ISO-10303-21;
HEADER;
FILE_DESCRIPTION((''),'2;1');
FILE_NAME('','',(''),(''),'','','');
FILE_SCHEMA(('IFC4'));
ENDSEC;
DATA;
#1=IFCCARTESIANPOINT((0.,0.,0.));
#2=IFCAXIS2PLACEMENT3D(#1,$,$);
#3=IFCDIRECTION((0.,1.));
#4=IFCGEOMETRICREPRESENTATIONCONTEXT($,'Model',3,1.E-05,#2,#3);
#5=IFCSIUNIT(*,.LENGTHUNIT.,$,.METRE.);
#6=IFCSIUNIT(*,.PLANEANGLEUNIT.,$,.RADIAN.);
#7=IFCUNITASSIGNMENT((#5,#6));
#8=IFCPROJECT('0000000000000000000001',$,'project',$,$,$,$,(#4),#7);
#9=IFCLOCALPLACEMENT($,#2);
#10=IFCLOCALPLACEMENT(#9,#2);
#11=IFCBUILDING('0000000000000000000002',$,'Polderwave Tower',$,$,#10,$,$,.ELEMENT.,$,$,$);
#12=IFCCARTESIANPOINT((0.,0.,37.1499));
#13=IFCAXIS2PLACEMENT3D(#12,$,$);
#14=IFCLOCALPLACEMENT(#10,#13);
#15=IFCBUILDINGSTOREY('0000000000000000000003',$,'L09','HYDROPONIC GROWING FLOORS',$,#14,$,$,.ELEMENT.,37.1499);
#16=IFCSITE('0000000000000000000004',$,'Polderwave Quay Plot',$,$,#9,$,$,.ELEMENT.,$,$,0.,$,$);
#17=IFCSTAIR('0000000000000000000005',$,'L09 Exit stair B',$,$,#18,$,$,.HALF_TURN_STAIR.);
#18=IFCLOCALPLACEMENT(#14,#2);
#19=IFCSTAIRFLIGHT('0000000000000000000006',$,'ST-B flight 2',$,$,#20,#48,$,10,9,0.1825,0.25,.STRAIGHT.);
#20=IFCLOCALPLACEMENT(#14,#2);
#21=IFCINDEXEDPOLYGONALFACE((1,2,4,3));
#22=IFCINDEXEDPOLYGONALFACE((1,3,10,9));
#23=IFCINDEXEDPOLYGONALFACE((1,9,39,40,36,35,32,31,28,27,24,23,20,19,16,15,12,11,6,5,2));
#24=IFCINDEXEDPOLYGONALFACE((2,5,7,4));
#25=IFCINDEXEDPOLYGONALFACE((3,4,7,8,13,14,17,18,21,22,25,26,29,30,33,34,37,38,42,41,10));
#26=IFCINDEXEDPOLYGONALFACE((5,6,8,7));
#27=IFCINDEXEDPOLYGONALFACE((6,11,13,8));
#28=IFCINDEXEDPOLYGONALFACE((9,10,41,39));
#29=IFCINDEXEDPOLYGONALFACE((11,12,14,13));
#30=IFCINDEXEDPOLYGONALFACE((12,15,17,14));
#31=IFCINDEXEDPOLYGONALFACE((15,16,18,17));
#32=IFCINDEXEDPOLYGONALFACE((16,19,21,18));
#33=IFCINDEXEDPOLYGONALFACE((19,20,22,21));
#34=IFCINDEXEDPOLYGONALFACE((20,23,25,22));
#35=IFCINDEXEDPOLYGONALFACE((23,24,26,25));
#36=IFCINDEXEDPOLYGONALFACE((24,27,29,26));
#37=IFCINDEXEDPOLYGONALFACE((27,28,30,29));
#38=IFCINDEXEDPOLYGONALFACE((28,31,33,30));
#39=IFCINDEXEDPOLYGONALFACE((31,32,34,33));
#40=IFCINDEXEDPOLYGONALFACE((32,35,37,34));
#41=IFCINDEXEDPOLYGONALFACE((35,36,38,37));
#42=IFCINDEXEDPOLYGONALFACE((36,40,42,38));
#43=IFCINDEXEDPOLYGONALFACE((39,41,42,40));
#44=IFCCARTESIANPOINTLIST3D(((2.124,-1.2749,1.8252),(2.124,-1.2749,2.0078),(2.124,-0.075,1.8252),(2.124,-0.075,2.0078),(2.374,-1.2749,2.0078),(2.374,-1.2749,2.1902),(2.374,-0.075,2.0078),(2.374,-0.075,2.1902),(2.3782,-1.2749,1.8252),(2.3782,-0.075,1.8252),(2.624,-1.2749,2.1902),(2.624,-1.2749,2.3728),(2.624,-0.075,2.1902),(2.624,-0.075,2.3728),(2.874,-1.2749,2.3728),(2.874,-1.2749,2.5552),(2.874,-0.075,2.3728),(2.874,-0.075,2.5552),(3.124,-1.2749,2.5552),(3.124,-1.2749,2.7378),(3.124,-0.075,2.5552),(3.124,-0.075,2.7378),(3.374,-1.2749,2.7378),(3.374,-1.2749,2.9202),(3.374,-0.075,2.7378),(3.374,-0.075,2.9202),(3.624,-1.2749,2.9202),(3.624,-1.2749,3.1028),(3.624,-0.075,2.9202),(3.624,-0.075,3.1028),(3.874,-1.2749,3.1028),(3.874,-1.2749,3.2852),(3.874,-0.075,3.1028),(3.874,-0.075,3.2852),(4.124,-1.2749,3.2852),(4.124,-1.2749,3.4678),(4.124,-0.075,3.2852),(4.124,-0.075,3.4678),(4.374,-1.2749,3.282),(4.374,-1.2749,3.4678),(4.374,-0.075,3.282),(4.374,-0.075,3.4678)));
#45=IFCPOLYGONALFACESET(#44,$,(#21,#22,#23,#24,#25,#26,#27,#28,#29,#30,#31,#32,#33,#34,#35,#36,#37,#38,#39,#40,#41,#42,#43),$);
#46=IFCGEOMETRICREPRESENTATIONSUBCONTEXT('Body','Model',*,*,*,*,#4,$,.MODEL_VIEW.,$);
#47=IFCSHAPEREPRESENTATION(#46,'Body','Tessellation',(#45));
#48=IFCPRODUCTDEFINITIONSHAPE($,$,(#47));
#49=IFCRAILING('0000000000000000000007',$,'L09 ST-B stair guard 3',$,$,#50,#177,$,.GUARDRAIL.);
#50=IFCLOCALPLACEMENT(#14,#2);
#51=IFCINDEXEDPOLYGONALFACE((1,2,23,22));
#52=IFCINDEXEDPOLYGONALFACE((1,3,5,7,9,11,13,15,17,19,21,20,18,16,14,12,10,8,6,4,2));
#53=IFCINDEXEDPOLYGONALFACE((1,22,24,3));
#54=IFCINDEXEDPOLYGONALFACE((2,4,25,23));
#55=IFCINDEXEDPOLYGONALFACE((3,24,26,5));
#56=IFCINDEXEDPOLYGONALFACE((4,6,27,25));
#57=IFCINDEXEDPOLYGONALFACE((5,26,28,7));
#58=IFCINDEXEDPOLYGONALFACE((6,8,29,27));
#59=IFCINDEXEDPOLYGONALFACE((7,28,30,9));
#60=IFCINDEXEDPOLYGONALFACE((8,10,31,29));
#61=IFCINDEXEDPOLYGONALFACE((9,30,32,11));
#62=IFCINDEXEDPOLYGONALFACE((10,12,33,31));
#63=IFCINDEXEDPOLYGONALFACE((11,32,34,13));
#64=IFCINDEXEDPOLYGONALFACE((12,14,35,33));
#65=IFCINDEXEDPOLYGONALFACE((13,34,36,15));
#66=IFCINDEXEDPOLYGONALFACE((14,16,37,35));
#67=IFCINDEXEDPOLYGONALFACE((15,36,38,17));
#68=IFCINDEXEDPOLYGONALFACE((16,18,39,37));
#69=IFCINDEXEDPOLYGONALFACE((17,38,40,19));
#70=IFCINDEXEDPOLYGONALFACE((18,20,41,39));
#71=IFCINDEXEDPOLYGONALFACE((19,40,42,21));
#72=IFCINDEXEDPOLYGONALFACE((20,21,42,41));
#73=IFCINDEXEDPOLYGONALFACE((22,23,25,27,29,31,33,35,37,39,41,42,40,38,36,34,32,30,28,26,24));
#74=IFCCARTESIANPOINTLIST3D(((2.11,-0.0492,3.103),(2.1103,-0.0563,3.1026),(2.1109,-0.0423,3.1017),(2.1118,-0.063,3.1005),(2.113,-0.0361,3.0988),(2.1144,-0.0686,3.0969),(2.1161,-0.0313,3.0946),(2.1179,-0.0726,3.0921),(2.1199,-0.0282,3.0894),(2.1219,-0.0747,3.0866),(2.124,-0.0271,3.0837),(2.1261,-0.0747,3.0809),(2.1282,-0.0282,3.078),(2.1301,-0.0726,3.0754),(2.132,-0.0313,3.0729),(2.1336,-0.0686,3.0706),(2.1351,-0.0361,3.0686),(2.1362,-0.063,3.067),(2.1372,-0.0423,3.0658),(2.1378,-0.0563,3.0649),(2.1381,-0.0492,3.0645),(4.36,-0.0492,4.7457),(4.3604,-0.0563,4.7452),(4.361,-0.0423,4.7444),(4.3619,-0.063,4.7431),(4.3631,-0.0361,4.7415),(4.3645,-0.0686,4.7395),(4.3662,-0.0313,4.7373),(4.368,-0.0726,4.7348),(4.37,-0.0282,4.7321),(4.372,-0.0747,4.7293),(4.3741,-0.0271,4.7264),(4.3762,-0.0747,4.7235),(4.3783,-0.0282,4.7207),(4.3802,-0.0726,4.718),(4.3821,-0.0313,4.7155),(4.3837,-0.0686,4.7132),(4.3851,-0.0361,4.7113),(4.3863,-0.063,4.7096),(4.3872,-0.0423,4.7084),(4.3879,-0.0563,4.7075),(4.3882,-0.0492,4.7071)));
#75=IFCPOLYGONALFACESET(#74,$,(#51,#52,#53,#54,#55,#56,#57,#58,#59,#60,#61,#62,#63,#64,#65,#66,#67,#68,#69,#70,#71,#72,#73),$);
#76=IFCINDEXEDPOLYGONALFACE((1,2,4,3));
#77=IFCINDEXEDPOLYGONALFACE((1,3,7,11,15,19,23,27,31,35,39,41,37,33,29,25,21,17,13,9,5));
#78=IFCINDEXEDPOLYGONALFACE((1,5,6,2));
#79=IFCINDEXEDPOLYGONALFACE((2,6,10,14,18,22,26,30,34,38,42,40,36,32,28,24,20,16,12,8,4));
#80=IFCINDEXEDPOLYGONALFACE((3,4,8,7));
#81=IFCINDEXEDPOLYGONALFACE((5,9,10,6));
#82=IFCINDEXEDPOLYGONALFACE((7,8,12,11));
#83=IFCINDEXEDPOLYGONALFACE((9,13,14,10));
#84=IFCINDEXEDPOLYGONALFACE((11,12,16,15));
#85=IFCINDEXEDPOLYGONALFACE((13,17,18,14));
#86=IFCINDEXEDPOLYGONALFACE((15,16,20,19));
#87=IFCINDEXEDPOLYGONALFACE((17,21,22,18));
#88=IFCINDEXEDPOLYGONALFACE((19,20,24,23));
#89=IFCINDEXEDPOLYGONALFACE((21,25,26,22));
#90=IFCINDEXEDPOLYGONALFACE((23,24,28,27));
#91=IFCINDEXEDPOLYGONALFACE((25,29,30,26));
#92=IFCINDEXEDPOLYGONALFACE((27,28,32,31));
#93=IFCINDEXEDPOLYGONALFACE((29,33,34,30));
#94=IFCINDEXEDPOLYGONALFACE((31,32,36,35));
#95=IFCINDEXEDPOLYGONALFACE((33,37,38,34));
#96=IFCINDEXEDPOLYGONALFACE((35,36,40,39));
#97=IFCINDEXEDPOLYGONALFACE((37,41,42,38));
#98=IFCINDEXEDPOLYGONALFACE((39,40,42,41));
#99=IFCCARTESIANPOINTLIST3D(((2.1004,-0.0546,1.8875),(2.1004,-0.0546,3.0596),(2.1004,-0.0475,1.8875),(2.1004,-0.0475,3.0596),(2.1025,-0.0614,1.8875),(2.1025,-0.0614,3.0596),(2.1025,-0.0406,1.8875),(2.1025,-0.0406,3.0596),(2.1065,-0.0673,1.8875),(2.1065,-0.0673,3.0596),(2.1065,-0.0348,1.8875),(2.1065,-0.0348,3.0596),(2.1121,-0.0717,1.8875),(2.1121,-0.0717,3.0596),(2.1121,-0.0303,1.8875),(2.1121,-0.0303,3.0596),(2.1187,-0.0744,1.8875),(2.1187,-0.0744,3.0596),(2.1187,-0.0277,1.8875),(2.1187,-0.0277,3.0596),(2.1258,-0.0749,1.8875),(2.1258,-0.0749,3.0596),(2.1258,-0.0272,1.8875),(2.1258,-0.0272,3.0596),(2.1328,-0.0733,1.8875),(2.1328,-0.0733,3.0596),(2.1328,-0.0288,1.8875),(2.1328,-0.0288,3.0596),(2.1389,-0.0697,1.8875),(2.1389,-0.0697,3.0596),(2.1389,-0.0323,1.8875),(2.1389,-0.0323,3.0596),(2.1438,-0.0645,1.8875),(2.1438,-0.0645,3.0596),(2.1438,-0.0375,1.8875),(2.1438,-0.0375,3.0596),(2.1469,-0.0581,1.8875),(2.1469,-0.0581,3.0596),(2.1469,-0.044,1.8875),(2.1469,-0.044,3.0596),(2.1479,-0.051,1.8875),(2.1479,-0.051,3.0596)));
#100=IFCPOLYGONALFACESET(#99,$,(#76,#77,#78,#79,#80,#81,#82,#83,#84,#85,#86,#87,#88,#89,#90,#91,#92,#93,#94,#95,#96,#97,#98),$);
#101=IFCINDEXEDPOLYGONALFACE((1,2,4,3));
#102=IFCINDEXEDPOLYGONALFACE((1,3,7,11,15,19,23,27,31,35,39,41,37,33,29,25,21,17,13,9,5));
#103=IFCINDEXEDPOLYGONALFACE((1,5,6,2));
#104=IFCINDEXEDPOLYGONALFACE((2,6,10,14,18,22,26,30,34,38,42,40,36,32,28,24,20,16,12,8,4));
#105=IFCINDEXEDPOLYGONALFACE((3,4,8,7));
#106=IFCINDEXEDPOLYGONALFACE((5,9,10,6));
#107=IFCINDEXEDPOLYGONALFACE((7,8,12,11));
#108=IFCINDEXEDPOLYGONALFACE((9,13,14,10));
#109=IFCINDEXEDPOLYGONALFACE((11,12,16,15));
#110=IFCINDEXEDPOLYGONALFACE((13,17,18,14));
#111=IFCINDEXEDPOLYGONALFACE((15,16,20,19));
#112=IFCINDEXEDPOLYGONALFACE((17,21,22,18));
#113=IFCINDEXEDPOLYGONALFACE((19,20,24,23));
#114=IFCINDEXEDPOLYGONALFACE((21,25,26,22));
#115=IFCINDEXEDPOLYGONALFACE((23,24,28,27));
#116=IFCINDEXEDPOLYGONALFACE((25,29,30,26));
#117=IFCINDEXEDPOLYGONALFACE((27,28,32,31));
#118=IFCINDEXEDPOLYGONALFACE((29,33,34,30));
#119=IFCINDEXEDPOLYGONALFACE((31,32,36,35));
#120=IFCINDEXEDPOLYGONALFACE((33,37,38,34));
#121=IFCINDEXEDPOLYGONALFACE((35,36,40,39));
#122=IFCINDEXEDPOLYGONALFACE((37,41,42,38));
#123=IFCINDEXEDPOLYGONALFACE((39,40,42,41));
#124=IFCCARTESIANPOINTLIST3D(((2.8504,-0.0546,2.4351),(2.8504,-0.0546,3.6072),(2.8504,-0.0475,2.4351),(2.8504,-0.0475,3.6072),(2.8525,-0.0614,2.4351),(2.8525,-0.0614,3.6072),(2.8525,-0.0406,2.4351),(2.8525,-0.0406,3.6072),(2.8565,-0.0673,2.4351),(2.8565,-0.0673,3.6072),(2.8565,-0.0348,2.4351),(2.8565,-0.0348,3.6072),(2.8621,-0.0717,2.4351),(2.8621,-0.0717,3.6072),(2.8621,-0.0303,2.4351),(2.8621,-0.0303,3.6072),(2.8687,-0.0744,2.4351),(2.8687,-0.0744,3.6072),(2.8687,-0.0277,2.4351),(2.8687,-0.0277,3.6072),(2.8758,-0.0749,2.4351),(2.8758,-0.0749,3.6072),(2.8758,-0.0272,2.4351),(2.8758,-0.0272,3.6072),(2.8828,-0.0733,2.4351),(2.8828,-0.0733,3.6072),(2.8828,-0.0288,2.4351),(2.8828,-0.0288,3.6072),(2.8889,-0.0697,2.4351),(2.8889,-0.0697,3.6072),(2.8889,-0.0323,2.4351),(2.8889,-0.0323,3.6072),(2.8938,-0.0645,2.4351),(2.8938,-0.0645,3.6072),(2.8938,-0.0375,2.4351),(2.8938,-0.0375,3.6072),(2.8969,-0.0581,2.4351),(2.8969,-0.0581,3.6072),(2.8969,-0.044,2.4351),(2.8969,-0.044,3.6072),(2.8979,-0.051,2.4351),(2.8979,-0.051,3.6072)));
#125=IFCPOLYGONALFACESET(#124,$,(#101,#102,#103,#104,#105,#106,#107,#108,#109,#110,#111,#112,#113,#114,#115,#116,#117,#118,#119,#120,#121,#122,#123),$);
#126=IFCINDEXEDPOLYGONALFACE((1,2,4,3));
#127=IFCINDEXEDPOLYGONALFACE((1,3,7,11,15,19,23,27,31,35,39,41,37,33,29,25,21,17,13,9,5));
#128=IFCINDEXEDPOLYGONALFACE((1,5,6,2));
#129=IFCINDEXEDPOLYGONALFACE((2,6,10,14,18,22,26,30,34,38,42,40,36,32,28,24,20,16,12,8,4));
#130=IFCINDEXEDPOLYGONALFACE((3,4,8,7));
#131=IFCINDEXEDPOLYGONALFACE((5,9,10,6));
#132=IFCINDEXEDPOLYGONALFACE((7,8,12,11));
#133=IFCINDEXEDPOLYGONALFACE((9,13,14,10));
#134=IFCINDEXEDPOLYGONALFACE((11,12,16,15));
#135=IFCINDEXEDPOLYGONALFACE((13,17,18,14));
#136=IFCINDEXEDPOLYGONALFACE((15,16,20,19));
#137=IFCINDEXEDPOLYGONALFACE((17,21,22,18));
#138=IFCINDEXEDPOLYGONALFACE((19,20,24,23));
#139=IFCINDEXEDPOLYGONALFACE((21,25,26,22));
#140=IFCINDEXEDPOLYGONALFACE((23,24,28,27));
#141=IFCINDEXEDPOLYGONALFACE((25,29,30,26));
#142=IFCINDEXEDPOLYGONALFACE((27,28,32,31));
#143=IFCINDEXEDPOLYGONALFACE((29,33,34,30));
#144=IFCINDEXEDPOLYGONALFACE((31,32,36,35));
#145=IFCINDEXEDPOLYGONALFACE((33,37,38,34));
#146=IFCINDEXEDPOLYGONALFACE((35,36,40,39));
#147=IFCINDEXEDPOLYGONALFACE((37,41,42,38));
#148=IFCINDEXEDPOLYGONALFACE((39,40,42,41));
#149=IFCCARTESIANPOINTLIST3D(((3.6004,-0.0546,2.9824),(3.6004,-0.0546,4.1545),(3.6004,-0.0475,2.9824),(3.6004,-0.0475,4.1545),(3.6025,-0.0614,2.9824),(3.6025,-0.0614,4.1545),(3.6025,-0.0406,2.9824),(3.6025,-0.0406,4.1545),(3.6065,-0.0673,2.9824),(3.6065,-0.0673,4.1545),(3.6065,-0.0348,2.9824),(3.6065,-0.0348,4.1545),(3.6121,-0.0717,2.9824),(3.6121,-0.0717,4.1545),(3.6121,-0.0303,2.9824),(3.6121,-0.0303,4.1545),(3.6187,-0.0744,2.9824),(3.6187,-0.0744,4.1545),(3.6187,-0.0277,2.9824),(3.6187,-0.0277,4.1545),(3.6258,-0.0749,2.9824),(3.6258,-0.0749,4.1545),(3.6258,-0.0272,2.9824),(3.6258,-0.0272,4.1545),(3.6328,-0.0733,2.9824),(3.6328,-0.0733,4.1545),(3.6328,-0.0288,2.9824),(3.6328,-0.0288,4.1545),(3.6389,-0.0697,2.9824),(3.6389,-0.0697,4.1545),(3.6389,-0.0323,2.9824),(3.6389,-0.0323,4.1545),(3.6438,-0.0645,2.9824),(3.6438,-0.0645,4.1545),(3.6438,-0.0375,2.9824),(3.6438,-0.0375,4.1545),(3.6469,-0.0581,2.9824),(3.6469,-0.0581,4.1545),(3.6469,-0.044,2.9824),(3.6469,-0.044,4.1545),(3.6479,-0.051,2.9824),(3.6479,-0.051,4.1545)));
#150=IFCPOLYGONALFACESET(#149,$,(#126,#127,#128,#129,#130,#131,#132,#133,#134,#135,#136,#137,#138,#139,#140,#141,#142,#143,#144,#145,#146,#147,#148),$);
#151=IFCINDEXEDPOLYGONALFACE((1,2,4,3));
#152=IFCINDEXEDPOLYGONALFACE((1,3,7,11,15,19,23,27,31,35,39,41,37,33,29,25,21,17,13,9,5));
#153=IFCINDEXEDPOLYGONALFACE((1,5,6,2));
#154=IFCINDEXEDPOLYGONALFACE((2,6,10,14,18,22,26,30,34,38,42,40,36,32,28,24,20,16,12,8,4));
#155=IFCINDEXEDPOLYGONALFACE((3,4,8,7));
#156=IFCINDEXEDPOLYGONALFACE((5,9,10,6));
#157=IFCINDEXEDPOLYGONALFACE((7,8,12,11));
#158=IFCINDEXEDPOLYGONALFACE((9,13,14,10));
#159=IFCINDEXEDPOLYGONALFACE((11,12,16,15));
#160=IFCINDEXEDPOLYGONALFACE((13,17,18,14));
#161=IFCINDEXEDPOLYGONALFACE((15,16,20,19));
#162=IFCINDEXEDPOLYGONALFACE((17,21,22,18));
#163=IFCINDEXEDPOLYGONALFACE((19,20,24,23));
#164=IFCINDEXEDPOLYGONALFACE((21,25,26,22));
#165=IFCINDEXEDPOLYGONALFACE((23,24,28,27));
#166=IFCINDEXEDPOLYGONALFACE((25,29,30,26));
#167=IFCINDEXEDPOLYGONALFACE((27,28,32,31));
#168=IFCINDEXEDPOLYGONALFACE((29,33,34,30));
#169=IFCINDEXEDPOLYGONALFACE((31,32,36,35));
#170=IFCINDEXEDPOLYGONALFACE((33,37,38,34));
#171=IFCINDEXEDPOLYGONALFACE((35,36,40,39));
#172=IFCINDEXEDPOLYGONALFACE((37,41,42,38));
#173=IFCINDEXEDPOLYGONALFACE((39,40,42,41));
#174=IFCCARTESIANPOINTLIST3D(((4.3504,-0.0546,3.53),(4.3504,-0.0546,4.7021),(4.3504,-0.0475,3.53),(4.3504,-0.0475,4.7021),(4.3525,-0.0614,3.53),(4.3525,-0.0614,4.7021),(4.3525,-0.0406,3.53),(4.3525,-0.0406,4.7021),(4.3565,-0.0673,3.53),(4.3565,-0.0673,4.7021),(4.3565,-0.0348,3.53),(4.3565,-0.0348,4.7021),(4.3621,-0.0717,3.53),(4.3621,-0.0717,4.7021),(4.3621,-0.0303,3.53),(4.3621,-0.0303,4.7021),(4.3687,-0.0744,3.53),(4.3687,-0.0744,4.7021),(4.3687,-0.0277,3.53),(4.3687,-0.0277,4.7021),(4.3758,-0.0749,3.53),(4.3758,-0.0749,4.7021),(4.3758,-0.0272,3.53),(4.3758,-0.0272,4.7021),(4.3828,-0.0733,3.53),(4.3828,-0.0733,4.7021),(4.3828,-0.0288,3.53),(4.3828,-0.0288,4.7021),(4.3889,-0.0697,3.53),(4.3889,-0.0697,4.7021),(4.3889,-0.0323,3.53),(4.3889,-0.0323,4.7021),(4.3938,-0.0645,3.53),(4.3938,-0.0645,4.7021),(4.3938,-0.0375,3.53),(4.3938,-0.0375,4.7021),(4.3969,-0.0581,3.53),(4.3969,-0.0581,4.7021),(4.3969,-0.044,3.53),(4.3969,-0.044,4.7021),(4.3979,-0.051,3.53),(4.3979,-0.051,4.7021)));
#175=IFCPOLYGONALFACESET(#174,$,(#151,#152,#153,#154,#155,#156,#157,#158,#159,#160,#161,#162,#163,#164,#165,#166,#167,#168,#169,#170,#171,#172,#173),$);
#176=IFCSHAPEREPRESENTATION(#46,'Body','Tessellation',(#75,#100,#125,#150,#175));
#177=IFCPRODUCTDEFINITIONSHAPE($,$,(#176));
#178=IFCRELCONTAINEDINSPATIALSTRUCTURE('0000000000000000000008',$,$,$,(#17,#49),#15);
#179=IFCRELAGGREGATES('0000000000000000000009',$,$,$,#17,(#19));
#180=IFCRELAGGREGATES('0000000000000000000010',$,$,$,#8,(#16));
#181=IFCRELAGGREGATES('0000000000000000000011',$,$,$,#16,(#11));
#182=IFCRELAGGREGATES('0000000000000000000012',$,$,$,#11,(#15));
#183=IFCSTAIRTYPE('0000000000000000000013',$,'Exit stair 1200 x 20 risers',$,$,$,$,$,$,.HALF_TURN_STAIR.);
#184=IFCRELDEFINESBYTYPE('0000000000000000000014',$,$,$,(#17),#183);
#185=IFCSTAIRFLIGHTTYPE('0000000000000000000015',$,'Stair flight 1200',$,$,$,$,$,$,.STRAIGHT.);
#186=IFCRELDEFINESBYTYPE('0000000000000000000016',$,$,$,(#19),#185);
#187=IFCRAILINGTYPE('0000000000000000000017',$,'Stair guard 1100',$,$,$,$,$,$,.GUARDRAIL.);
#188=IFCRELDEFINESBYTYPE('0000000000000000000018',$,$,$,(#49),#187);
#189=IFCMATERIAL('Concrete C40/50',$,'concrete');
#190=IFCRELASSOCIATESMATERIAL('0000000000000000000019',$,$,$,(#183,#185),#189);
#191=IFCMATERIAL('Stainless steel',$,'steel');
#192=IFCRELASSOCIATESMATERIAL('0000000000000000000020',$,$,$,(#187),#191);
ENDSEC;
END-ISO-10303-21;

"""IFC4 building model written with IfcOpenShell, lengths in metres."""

from ifc_helpers import new_model, si_unit, direction, frame, origin, origin_2d, place, context, subcontext, project, spatial, polyline, circle, outline, extrude, material, type_object, element, aggregate, save


model = new_model("IFC4")

# Units and contexts
model_context = context("Model", 3, precision=1e-05, world=origin(), true_north=direction((0.0, 1.0)))
body_context = subcontext(model_context, "Body", "Model", "MODEL_VIEW")
ifc_project = project(units=[si_unit("LENGTHUNIT", "METRE"), si_unit("PLANEANGLEUNIT", "RADIAN")], contexts=[model_context])

# Site, building, storey
site_placement = place(None, origin())
site = spatial("IfcSite", under=ifc_project, at=site_placement, Name="Polderwave Quay Plot", CompositionType="ELEMENT", RefElevation=0.0)
building_placement = place(site_placement, origin())
building = spatial("IfcBuilding", under=site, at=building_placement, Name="Polderwave Tower", CompositionType="ELEMENT")
storey_placement = place(building_placement, frame((0.0, 0.0, 37.1499)))
storey = spatial("IfcBuildingStorey", under=building, at=storey_placement, Name="L09", Description="HYDROPONIC GROWING FLOORS", CompositionType="ELEMENT", Elevation=37.1499)

# Stair, stair flight
ifc_material_1 = material(Name="Concrete C40/50", Category="concrete")
stair_type = type_object("IfcStairType", Name="Exit stair 1200 x 20 risers", PredefinedType="HALF_TURN_STAIR", material=ifc_material_1)
stair_placement = place(storey_placement, origin())
stair = element("IfcStair", 1, at=stair_placement, inside=storey, type_object=stair_type, Name="L09 Exit stair B", PredefinedType="HALF_TURN_STAIR")
stair_flight_type = type_object("IfcStairFlightType", Name="Stair flight 1200", PredefinedType="STRAIGHT", material=ifc_material_1)
stair_flight_placement = place(storey_placement, frame((2.124, -0.675, 1.8252), z_axis=(0.0, 0.0, 1.0), x_axis=(1.0, 0.0, 0.0)))
stair_flight = element("IfcStairFlight", 2, at=stair_flight_placement, type_object=stair_flight_type, Name="ST-B flight 2", NumberOfRisers=10, NumberOfTreads=9, PredefinedType="STRAIGHT", RiserHeight=0.1825, TreadLength=0.25, context=body_context, shape_type="SweptSolid", body=[
    extrude(outline(polyline([(0.0, 0.0), (0.0, 0.1826), (0.25, 0.1826), (0.25, 0.365), (0.5, 0.365), (0.5, 0.5476), (0.75, 0.5476), (0.75, 0.73), (1.0, 0.73), (1.0, 0.9126), (1.25, 0.9126), (1.25, 1.095), (1.5, 1.095), (1.5, 1.2776), (1.75, 1.2776), (1.75, 1.46), (2.0, 1.46), (2.0, 1.6426), (2.25, 1.6426), (2.25, 1.825), (2.25, 1.4568), (0.2542, 0.0), (0.0, 0.0)])), frame((0.0, 0.6001, 0.0), z_axis=(0.0, -1.0, 0.0), x_axis=(1.0, 0.0, 0.0)), (0.0, 0.0, 1.0), 1.2),
])
aggregate(stair, [stair_flight])

# Railing
ifc_material_2 = material(Name="Stainless steel", Category="steel")
railing_type_1 = type_object("IfcRailingType", Name="Stair guard 1100", PredefinedType="GUARDRAIL", material=ifc_material_2)
railing_1_placement = place(storey_placement, frame((2.124, -0.051, 1.8875)))
element("IfcRailing", 3, at=railing_1_placement, inside=storey, type_object=railing_type_1, Name="L09 ST-B stair guard 3", PredefinedType="GUARDRAIL", context=body_context, shape_type="SweptSolid", body=[
    extrude(circle(Radius=0.0239, at=origin_2d()), frame((0.0, 0.0, 1.1963), z_axis=(0.807674, 0.0, 0.58963), x_axis=(0.0, 1.0, 0.0)), (0.0, 0.0, 1.0), 2.7859),
    extrude(circle(Radius=0.0239, at=origin_2d()), origin(), (0.0, 0.0, 1.0), 1.1721),
    extrude(circle(Radius=0.0239, at=origin_2d()), frame((0.75, 0.0, 0.5476)), (0.0, 0.0, 1.0), 1.1721),
    extrude(circle(Radius=0.0239, at=origin_2d()), frame((1.5, 0.0, 1.095)), (0.0, 0.0, 1.0), 1.1721),
    extrude(circle(Radius=0.0239, at=origin_2d()), frame((2.25, 0.0, 1.6426)), (0.0, 0.0, 1.0), 1.1721),
])

save(model, "model.ifc")
